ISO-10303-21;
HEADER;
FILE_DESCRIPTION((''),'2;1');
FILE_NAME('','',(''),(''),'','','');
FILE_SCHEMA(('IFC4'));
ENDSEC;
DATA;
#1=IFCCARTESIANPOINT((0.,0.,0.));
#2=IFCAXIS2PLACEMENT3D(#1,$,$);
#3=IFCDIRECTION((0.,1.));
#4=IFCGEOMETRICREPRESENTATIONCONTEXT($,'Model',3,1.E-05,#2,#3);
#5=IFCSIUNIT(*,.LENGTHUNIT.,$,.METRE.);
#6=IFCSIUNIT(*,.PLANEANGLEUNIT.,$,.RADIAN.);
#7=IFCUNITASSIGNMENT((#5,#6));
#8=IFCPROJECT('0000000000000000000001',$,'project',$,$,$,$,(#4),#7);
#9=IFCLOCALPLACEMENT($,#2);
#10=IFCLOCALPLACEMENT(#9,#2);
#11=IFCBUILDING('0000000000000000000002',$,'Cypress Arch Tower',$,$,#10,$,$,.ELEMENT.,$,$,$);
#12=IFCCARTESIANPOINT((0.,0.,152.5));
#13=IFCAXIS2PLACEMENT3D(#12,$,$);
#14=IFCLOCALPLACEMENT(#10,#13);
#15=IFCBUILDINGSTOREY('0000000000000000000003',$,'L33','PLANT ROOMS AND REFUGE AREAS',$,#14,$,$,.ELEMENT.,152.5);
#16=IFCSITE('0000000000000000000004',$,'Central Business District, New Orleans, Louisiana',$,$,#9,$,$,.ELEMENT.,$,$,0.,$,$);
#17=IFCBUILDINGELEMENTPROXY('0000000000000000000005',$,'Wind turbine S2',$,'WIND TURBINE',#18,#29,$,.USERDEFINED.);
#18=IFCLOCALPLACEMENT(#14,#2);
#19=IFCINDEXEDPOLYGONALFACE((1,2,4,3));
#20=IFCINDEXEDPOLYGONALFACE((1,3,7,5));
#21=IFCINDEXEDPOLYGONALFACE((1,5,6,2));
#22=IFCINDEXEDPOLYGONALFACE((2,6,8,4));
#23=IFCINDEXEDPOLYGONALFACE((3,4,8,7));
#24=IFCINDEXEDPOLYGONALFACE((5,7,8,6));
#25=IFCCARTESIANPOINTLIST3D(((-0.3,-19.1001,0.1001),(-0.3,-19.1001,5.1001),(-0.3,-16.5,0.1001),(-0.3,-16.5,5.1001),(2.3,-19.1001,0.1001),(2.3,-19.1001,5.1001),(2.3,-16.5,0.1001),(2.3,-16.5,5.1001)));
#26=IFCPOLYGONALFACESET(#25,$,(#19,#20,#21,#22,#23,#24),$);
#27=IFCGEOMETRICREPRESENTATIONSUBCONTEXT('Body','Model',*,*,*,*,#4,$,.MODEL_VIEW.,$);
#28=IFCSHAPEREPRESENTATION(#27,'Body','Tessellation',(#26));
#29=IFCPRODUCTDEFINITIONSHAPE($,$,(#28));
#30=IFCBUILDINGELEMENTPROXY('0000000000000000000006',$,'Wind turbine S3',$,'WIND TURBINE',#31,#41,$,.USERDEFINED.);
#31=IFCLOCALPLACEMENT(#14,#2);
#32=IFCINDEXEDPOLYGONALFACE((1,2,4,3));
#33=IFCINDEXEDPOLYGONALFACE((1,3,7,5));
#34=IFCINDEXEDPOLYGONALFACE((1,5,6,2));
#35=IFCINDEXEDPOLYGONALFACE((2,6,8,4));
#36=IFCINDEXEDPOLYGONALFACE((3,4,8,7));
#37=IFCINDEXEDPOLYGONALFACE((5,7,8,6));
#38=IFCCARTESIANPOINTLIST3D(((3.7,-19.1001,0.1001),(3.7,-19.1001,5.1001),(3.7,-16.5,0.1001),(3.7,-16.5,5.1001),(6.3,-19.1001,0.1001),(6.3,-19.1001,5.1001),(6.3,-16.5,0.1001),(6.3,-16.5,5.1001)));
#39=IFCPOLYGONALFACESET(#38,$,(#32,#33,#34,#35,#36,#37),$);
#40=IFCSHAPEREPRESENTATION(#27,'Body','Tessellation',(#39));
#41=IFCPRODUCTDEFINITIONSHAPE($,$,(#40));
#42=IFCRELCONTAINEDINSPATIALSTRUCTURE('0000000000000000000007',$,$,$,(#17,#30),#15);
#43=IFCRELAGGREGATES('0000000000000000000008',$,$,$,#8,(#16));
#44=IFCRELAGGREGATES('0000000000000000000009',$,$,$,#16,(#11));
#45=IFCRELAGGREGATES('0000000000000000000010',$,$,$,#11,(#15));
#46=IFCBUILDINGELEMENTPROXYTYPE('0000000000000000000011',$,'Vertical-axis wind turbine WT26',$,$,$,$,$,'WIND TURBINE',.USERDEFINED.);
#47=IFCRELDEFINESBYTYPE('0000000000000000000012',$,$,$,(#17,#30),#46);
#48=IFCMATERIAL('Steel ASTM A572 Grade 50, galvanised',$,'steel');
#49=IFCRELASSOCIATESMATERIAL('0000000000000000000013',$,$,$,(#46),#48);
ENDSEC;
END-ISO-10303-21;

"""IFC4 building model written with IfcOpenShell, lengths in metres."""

from ifc_helpers import new_model, si_unit, direction, frame, origin, origin_2d, place, context, subcontext, project, spatial, rectangle, extrude, material, type_object, element, save


model = new_model("IFC4")

# Units and contexts
model_context = context("Model", 3, precision=1e-05, world=origin(), true_north=direction((0.0, 1.0)))
body_context = subcontext(model_context, "Body", "Model", "MODEL_VIEW")
ifc_project = project(units=[si_unit("LENGTHUNIT", "METRE"), si_unit("PLANEANGLEUNIT", "RADIAN")], contexts=[model_context])

# Site, building, storey
site_placement = place(None, origin())
site = spatial("IfcSite", under=ifc_project, at=site_placement, Name="Central Business District, New Orleans, Louisiana", CompositionType="ELEMENT", RefElevation=0.0)
building_placement = place(site_placement, origin())
building = spatial("IfcBuilding", under=site, at=building_placement, Name="Cypress Arch Tower", CompositionType="ELEMENT")
storey_placement = place(building_placement, frame((0.0, 0.0, 152.5)))
storey = spatial("IfcBuildingStorey", under=building, at=storey_placement, Name="L33", Description="PLANT ROOMS AND REFUGE AREAS", CompositionType="ELEMENT", Elevation=152.5)

# Building element proxies
ifc_material_1 = material(Name="Steel ASTM A572 Grade 50, galvanised", Category="steel")
building_element_proxy_type = type_object("IfcBuildingElementProxyType", Name="Vertical-axis wind turbine WT26", ElementType="WIND TURBINE", PredefinedType="USERDEFINED", material=ifc_material_1)
for number, where, z_axis, x_axis, name in (
    (1, (1.0, -17.8, 0.1001), (0.0, 0.0, 1.0), (1.0, 0.0, 0.0), "Wind turbine S2"),
    (2, (5.0, -17.8, 0.1001), (0.0, 0.0, 1.0), (1.0, 0.0, 0.0), "Wind turbine S3"),
):
    element("IfcBuildingElementProxy", number, at=place(storey_placement, frame(where, z_axis=z_axis, x_axis=x_axis)), inside=storey, type_object=building_element_proxy_type, Name=name, ObjectType="WIND TURBINE", PredefinedType="USERDEFINED", context=body_context, shape_type="SweptSolid", body=[
        extrude(rectangle(XDim=2.6001, YDim=2.6001, at=origin_2d()), origin(), (0.0, 0.0, 1.0), 5.0),
    ])

save(model, "model.ifc")
